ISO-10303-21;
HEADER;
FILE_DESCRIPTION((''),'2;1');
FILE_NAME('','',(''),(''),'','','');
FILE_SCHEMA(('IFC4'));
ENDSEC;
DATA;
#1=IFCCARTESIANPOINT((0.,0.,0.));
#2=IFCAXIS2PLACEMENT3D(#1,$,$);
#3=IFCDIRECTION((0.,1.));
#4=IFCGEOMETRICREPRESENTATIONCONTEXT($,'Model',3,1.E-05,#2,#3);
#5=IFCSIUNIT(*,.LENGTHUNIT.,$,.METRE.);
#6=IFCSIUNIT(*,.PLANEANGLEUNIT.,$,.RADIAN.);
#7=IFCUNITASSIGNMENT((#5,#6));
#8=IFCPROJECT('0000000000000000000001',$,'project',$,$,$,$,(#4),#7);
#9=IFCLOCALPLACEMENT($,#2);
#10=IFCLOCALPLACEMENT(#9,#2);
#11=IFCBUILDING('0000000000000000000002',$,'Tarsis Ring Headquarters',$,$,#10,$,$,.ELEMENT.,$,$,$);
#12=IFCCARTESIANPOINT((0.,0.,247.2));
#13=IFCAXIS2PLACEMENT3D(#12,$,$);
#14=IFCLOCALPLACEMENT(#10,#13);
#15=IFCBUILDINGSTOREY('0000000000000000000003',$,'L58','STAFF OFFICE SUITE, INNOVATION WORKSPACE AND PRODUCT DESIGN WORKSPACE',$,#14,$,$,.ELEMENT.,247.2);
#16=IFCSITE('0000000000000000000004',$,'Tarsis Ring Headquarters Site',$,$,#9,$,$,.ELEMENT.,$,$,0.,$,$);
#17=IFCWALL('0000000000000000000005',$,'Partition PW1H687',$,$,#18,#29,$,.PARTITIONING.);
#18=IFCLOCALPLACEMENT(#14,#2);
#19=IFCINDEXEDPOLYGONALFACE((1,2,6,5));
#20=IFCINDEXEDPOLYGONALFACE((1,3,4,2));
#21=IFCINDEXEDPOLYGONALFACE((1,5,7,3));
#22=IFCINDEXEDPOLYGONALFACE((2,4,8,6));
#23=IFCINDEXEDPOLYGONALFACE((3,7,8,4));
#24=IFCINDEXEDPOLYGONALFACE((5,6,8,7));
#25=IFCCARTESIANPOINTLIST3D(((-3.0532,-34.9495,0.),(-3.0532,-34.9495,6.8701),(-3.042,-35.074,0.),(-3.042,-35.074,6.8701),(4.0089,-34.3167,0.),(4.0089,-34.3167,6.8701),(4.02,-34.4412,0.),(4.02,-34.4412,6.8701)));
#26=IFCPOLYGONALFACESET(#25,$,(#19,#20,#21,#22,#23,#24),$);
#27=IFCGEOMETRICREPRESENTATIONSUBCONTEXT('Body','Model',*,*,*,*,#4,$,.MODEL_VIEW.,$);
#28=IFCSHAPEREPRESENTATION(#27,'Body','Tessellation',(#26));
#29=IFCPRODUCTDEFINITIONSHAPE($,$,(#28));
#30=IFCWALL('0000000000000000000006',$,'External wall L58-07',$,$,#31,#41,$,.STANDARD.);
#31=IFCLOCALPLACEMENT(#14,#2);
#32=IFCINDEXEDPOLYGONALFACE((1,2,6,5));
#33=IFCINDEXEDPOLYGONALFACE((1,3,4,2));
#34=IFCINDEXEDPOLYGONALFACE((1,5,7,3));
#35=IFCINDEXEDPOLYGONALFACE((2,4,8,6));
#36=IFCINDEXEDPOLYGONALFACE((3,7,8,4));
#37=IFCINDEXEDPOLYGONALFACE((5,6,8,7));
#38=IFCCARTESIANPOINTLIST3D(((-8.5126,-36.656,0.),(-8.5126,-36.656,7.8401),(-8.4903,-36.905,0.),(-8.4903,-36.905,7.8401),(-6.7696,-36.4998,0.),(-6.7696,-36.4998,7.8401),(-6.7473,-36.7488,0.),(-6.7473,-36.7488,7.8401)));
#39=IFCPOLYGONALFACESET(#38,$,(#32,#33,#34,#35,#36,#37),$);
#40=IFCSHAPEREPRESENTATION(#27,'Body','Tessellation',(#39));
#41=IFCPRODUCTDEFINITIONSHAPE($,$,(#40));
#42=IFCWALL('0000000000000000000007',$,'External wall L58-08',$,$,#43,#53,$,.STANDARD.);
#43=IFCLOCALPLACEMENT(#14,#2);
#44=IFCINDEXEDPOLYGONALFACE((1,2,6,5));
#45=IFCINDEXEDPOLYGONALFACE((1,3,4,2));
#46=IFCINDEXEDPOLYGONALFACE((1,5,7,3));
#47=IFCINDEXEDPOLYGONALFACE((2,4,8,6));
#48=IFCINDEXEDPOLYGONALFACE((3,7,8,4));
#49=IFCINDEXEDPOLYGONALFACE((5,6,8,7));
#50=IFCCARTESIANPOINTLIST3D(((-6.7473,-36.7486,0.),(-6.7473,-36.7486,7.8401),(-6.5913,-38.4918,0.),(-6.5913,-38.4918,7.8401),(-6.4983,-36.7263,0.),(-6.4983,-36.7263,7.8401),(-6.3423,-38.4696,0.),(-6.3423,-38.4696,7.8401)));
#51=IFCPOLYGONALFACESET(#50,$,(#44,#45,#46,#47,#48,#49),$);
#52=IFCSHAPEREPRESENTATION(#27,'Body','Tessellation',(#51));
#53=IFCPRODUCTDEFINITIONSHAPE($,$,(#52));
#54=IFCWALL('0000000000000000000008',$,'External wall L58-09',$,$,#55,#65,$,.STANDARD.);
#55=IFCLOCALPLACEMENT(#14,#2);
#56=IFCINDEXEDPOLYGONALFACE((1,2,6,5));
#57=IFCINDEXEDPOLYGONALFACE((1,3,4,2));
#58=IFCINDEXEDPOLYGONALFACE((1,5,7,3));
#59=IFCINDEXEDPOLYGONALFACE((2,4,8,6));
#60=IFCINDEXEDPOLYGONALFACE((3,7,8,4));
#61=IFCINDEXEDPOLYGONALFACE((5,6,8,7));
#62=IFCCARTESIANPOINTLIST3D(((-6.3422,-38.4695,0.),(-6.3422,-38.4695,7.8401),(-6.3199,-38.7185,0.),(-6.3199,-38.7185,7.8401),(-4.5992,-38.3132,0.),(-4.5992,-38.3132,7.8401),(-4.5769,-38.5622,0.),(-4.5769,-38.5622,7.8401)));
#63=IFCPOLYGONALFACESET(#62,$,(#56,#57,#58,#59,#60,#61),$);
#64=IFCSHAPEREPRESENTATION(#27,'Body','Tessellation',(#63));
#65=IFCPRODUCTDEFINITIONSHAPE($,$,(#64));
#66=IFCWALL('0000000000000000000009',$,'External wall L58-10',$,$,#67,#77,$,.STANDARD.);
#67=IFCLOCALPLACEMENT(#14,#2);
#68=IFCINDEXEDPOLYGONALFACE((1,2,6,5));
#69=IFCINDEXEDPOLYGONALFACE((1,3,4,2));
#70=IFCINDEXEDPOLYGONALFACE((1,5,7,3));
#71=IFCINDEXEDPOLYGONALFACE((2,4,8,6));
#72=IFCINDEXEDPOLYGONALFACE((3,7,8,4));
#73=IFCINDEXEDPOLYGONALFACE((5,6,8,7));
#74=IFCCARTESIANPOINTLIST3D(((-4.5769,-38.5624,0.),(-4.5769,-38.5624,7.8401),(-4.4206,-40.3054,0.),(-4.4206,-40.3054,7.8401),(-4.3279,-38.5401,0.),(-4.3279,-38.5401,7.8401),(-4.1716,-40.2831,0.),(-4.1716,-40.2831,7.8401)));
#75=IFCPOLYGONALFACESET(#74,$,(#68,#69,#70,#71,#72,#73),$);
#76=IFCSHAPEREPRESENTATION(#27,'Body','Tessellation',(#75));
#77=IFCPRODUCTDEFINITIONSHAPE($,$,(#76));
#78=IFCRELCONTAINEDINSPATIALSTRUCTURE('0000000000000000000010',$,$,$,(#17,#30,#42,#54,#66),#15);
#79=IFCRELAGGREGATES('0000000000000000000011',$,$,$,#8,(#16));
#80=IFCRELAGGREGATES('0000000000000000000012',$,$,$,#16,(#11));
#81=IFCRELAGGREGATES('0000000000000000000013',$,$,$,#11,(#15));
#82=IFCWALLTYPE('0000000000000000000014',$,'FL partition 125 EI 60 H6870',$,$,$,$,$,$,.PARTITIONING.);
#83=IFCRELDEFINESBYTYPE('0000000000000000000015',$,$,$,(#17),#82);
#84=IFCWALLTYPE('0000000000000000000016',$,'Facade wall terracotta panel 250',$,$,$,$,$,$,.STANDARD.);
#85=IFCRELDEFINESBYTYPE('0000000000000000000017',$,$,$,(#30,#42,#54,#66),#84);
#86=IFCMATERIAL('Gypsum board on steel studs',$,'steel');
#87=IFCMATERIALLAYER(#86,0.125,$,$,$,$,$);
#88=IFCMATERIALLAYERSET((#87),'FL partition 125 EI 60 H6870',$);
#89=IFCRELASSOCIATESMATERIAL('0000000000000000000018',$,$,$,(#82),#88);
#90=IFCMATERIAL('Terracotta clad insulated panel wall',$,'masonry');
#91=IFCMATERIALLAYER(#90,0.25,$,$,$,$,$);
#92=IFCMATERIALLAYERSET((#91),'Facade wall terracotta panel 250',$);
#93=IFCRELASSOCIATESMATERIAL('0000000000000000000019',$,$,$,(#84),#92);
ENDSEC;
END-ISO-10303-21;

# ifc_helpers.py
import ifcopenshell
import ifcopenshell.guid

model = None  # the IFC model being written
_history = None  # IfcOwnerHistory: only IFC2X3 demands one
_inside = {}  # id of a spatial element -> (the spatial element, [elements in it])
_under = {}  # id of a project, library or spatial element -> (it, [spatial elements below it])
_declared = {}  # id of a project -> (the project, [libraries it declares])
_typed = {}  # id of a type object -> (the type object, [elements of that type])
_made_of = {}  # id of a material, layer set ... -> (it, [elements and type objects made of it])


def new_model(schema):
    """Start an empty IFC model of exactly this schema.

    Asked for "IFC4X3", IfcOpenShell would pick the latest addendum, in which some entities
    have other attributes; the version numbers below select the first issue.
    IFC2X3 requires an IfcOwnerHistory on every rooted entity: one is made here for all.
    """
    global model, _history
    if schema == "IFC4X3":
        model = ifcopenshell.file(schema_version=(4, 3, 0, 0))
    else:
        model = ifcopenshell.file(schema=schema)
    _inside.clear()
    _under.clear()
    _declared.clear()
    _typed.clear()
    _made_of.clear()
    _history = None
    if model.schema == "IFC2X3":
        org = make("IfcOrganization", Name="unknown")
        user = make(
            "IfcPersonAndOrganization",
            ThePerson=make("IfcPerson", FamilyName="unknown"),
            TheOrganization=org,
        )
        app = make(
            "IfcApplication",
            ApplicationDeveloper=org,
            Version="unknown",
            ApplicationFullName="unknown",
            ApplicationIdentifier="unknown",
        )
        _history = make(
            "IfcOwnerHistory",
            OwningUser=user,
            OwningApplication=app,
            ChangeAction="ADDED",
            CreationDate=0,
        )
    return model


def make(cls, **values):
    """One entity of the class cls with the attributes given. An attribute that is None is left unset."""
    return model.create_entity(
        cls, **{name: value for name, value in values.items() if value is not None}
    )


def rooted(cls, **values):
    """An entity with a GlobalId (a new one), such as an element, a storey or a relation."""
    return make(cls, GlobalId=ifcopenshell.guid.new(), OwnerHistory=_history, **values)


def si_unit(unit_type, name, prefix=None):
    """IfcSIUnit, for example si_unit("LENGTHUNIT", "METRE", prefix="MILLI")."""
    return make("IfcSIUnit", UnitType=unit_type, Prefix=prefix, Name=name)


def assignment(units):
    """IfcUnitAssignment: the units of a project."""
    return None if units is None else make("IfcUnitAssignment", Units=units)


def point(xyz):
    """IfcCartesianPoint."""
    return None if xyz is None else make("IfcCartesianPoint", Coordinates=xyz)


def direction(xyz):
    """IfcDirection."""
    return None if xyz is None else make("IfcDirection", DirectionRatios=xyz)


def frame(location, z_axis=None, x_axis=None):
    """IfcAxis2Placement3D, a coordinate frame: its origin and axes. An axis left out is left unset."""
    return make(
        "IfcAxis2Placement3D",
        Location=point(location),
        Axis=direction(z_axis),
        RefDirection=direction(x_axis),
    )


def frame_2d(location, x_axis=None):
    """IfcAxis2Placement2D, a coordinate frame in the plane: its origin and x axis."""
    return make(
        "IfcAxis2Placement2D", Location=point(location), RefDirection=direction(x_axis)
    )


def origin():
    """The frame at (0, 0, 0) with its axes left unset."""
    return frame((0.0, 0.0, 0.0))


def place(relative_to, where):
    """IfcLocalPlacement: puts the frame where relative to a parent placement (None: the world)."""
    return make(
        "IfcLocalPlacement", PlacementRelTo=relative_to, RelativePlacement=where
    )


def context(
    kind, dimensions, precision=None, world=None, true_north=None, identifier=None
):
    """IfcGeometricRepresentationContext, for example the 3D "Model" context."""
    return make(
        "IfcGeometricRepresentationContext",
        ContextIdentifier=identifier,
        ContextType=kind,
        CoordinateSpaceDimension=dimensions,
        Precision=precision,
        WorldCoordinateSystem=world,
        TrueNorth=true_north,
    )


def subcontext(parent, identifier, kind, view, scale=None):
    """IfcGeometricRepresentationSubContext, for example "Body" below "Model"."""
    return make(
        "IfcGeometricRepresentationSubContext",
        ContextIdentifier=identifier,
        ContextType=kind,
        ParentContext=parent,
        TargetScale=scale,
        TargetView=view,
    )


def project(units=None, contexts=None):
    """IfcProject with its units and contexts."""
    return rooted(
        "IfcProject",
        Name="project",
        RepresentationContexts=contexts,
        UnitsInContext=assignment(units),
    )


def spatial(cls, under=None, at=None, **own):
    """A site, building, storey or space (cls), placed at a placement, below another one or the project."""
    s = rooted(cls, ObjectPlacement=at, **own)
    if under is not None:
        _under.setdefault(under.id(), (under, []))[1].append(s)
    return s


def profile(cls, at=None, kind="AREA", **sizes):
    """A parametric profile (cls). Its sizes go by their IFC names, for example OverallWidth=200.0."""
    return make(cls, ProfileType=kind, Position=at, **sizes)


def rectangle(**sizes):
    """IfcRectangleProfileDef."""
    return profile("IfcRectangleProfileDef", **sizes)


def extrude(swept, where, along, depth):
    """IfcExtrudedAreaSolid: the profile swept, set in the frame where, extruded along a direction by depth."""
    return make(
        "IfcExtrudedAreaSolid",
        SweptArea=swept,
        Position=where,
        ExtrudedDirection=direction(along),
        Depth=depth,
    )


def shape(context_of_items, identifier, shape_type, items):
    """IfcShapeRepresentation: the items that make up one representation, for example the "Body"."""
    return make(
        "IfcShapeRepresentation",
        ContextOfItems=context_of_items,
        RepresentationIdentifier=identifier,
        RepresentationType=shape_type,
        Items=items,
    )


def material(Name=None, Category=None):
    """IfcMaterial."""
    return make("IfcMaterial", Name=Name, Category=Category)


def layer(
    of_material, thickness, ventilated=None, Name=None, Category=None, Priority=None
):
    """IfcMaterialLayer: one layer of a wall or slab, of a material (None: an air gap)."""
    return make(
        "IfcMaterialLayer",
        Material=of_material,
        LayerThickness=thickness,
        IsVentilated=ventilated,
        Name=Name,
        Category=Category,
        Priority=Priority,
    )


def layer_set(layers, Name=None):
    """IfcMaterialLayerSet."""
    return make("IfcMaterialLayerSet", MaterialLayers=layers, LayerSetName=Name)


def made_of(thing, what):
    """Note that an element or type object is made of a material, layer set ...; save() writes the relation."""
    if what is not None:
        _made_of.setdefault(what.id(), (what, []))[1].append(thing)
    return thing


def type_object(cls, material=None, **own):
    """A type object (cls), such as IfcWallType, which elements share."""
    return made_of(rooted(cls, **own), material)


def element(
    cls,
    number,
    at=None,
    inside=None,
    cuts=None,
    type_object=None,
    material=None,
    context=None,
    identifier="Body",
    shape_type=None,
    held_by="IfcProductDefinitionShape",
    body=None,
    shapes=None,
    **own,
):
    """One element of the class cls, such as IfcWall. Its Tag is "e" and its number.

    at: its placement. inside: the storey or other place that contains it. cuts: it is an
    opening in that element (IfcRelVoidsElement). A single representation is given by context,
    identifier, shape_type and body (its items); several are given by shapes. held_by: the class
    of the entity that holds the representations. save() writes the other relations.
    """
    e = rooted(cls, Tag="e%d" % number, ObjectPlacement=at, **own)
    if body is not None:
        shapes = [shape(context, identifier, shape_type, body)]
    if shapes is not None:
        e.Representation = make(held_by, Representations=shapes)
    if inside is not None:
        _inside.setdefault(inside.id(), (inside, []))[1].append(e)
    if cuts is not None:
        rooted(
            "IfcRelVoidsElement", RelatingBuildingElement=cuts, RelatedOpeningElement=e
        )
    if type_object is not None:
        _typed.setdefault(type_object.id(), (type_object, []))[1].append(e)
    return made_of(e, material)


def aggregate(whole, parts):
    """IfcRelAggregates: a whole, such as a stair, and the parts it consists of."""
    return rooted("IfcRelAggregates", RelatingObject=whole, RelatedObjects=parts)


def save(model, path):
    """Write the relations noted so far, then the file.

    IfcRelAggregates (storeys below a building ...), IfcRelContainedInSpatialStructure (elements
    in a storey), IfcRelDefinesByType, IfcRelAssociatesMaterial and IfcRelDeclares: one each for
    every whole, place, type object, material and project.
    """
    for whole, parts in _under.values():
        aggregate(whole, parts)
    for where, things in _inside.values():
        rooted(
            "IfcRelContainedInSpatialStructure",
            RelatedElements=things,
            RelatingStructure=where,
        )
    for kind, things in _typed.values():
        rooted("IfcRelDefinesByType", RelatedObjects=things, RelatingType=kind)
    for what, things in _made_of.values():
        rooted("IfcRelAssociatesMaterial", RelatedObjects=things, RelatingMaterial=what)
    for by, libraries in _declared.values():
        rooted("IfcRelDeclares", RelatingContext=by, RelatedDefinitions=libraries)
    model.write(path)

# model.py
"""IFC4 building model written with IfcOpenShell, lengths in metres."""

from ifc_helpers import new_model, si_unit, direction, frame, frame_2d, origin, place, context, subcontext, project, spatial, rectangle, extrude, material, layer, layer_set, type_object, element, save


model = new_model("IFC4")

# Units and contexts
model_context = context("Model", 3, precision=1e-05, world=origin(), true_north=direction((0.0, 1.0)))
body_context = subcontext(model_context, "Body", "Model", "MODEL_VIEW")
ifc_project = project(units=[si_unit("LENGTHUNIT", "METRE"), si_unit("PLANEANGLEUNIT", "RADIAN")], contexts=[model_context])

# Site, building, storey
site_placement = place(None, origin())
site = spatial("IfcSite", under=ifc_project, at=site_placement, Name="Tarsis Ring Headquarters Site", CompositionType="ELEMENT", RefElevation=0.0)
building_placement = place(site_placement, origin())
building = spatial("IfcBuilding", under=site, at=building_placement, Name="Tarsis Ring Headquarters", CompositionType="ELEMENT")
storey_placement = place(building_placement, frame((0.0, 0.0, 247.2)))
storey = spatial("IfcBuildingStorey", under=building, at=storey_placement, Name="L58", Description="STAFF OFFICE SUITE, INNOVATION WORKSPACE AND PRODUCT DESIGN WORKSPACE", CompositionType="ELEMENT", Elevation=247.2)

# Walls
ifc_material_1 = material(Name="Gypsum board on steel studs", Category="steel")
ifc_layer_1 = layer(ifc_material_1, 0.125)
ifc_layer_set_1 = layer_set([ifc_layer_1], Name="FL partition 125 EI 60 H6870")
wall_type_1 = type_object("IfcWallType", Name="FL partition 125 EI 60 H6870", PredefinedType="PARTITIONING", material=ifc_layer_set_1)
wall_1_placement = place(storey_placement, frame((-3.0476, -35.0117, 0.0), z_axis=(0.0, 0.0, 1.0), x_axis=(0.996009, 0.08925, 0.0)))
element("IfcWall", 1, at=wall_1_placement, inside=storey, type_object=wall_type_1, Name="Partition PW1H687", PredefinedType="PARTITIONING", context=body_context, shape_type="SweptSolid", body=[
    extrude(rectangle(XDim=7.0903, YDim=0.125, at=frame_2d((3.5452, 0.0))), origin(), (0.0, 0.0, 1.0), 6.8701),
])
ifc_material_2 = material(Name="Terracotta clad insulated panel wall", Category="masonry")
ifc_layer_2 = layer(ifc_material_2, 0.25)
ifc_layer_set_2 = layer_set([ifc_layer_2], Name="Facade wall terracotta panel 250")
wall_type_2 = type_object("IfcWallType", Name="Facade wall terracotta panel 250", PredefinedType="STANDARD", material=ifc_layer_set_2)
wall_2_placement = place(storey_placement, frame((-8.5015, -36.7805, 0.0), z_axis=(0.0, 0.0, 1.0), x_axis=(0.996006, 0.08929, 0.0)))
element("IfcWall", 2, at=wall_2_placement, inside=storey, type_object=wall_type_2, Name="External wall L58-07", PredefinedType="STANDARD", context=body_context, shape_type="SweptSolid", body=[
    extrude(rectangle(XDim=1.75, YDim=0.25, at=frame_2d((0.875, 0.0))), origin(), (0.0, 0.0, 1.0), 7.8401),
])
wall_3_placement = place(storey_placement, frame((-6.6228, -36.7375, 0.0), z_axis=(0.0, 0.0, 1.0), x_axis=(0.08914, -0.996019, 0.0)))
element("IfcWall", 3, at=wall_3_placement, inside=storey, type_object=wall_type_2, Name="External wall L58-08", PredefinedType="STANDARD", context=body_context, shape_type="SweptSolid", body=[
    extrude(rectangle(XDim=1.7502, YDim=0.25, at=frame_2d((0.875, 0.0))), origin(), (0.0, 0.0, 1.0), 7.8401),
])
for number, where, z_axis, x_axis, name in (
    (4, (-6.3311, -38.594, 0.0), (0.0, 0.0, 1.0), (0.996006, 0.08929, 0.0), "External wall L58-09"),
    (5, (-4.4524, -38.5513, 0.0), (0.0, 0.0, 1.0), (0.08929, -0.996006, 0.0), "External wall L58-10"),
):
    element("IfcWall", number, at=place(storey_placement, frame(where, z_axis=z_axis, x_axis=x_axis)), inside=storey, type_object=wall_type_2, Name=name, PredefinedType="STANDARD", context=body_context, shape_type="SweptSolid", body=[
        extrude(rectangle(XDim=1.75, YDim=0.25, at=frame_2d((0.875, 0.0))), origin(), (0.0, 0.0, 1.0), 7.8401),
    ])

save(model, "model.ifc")
